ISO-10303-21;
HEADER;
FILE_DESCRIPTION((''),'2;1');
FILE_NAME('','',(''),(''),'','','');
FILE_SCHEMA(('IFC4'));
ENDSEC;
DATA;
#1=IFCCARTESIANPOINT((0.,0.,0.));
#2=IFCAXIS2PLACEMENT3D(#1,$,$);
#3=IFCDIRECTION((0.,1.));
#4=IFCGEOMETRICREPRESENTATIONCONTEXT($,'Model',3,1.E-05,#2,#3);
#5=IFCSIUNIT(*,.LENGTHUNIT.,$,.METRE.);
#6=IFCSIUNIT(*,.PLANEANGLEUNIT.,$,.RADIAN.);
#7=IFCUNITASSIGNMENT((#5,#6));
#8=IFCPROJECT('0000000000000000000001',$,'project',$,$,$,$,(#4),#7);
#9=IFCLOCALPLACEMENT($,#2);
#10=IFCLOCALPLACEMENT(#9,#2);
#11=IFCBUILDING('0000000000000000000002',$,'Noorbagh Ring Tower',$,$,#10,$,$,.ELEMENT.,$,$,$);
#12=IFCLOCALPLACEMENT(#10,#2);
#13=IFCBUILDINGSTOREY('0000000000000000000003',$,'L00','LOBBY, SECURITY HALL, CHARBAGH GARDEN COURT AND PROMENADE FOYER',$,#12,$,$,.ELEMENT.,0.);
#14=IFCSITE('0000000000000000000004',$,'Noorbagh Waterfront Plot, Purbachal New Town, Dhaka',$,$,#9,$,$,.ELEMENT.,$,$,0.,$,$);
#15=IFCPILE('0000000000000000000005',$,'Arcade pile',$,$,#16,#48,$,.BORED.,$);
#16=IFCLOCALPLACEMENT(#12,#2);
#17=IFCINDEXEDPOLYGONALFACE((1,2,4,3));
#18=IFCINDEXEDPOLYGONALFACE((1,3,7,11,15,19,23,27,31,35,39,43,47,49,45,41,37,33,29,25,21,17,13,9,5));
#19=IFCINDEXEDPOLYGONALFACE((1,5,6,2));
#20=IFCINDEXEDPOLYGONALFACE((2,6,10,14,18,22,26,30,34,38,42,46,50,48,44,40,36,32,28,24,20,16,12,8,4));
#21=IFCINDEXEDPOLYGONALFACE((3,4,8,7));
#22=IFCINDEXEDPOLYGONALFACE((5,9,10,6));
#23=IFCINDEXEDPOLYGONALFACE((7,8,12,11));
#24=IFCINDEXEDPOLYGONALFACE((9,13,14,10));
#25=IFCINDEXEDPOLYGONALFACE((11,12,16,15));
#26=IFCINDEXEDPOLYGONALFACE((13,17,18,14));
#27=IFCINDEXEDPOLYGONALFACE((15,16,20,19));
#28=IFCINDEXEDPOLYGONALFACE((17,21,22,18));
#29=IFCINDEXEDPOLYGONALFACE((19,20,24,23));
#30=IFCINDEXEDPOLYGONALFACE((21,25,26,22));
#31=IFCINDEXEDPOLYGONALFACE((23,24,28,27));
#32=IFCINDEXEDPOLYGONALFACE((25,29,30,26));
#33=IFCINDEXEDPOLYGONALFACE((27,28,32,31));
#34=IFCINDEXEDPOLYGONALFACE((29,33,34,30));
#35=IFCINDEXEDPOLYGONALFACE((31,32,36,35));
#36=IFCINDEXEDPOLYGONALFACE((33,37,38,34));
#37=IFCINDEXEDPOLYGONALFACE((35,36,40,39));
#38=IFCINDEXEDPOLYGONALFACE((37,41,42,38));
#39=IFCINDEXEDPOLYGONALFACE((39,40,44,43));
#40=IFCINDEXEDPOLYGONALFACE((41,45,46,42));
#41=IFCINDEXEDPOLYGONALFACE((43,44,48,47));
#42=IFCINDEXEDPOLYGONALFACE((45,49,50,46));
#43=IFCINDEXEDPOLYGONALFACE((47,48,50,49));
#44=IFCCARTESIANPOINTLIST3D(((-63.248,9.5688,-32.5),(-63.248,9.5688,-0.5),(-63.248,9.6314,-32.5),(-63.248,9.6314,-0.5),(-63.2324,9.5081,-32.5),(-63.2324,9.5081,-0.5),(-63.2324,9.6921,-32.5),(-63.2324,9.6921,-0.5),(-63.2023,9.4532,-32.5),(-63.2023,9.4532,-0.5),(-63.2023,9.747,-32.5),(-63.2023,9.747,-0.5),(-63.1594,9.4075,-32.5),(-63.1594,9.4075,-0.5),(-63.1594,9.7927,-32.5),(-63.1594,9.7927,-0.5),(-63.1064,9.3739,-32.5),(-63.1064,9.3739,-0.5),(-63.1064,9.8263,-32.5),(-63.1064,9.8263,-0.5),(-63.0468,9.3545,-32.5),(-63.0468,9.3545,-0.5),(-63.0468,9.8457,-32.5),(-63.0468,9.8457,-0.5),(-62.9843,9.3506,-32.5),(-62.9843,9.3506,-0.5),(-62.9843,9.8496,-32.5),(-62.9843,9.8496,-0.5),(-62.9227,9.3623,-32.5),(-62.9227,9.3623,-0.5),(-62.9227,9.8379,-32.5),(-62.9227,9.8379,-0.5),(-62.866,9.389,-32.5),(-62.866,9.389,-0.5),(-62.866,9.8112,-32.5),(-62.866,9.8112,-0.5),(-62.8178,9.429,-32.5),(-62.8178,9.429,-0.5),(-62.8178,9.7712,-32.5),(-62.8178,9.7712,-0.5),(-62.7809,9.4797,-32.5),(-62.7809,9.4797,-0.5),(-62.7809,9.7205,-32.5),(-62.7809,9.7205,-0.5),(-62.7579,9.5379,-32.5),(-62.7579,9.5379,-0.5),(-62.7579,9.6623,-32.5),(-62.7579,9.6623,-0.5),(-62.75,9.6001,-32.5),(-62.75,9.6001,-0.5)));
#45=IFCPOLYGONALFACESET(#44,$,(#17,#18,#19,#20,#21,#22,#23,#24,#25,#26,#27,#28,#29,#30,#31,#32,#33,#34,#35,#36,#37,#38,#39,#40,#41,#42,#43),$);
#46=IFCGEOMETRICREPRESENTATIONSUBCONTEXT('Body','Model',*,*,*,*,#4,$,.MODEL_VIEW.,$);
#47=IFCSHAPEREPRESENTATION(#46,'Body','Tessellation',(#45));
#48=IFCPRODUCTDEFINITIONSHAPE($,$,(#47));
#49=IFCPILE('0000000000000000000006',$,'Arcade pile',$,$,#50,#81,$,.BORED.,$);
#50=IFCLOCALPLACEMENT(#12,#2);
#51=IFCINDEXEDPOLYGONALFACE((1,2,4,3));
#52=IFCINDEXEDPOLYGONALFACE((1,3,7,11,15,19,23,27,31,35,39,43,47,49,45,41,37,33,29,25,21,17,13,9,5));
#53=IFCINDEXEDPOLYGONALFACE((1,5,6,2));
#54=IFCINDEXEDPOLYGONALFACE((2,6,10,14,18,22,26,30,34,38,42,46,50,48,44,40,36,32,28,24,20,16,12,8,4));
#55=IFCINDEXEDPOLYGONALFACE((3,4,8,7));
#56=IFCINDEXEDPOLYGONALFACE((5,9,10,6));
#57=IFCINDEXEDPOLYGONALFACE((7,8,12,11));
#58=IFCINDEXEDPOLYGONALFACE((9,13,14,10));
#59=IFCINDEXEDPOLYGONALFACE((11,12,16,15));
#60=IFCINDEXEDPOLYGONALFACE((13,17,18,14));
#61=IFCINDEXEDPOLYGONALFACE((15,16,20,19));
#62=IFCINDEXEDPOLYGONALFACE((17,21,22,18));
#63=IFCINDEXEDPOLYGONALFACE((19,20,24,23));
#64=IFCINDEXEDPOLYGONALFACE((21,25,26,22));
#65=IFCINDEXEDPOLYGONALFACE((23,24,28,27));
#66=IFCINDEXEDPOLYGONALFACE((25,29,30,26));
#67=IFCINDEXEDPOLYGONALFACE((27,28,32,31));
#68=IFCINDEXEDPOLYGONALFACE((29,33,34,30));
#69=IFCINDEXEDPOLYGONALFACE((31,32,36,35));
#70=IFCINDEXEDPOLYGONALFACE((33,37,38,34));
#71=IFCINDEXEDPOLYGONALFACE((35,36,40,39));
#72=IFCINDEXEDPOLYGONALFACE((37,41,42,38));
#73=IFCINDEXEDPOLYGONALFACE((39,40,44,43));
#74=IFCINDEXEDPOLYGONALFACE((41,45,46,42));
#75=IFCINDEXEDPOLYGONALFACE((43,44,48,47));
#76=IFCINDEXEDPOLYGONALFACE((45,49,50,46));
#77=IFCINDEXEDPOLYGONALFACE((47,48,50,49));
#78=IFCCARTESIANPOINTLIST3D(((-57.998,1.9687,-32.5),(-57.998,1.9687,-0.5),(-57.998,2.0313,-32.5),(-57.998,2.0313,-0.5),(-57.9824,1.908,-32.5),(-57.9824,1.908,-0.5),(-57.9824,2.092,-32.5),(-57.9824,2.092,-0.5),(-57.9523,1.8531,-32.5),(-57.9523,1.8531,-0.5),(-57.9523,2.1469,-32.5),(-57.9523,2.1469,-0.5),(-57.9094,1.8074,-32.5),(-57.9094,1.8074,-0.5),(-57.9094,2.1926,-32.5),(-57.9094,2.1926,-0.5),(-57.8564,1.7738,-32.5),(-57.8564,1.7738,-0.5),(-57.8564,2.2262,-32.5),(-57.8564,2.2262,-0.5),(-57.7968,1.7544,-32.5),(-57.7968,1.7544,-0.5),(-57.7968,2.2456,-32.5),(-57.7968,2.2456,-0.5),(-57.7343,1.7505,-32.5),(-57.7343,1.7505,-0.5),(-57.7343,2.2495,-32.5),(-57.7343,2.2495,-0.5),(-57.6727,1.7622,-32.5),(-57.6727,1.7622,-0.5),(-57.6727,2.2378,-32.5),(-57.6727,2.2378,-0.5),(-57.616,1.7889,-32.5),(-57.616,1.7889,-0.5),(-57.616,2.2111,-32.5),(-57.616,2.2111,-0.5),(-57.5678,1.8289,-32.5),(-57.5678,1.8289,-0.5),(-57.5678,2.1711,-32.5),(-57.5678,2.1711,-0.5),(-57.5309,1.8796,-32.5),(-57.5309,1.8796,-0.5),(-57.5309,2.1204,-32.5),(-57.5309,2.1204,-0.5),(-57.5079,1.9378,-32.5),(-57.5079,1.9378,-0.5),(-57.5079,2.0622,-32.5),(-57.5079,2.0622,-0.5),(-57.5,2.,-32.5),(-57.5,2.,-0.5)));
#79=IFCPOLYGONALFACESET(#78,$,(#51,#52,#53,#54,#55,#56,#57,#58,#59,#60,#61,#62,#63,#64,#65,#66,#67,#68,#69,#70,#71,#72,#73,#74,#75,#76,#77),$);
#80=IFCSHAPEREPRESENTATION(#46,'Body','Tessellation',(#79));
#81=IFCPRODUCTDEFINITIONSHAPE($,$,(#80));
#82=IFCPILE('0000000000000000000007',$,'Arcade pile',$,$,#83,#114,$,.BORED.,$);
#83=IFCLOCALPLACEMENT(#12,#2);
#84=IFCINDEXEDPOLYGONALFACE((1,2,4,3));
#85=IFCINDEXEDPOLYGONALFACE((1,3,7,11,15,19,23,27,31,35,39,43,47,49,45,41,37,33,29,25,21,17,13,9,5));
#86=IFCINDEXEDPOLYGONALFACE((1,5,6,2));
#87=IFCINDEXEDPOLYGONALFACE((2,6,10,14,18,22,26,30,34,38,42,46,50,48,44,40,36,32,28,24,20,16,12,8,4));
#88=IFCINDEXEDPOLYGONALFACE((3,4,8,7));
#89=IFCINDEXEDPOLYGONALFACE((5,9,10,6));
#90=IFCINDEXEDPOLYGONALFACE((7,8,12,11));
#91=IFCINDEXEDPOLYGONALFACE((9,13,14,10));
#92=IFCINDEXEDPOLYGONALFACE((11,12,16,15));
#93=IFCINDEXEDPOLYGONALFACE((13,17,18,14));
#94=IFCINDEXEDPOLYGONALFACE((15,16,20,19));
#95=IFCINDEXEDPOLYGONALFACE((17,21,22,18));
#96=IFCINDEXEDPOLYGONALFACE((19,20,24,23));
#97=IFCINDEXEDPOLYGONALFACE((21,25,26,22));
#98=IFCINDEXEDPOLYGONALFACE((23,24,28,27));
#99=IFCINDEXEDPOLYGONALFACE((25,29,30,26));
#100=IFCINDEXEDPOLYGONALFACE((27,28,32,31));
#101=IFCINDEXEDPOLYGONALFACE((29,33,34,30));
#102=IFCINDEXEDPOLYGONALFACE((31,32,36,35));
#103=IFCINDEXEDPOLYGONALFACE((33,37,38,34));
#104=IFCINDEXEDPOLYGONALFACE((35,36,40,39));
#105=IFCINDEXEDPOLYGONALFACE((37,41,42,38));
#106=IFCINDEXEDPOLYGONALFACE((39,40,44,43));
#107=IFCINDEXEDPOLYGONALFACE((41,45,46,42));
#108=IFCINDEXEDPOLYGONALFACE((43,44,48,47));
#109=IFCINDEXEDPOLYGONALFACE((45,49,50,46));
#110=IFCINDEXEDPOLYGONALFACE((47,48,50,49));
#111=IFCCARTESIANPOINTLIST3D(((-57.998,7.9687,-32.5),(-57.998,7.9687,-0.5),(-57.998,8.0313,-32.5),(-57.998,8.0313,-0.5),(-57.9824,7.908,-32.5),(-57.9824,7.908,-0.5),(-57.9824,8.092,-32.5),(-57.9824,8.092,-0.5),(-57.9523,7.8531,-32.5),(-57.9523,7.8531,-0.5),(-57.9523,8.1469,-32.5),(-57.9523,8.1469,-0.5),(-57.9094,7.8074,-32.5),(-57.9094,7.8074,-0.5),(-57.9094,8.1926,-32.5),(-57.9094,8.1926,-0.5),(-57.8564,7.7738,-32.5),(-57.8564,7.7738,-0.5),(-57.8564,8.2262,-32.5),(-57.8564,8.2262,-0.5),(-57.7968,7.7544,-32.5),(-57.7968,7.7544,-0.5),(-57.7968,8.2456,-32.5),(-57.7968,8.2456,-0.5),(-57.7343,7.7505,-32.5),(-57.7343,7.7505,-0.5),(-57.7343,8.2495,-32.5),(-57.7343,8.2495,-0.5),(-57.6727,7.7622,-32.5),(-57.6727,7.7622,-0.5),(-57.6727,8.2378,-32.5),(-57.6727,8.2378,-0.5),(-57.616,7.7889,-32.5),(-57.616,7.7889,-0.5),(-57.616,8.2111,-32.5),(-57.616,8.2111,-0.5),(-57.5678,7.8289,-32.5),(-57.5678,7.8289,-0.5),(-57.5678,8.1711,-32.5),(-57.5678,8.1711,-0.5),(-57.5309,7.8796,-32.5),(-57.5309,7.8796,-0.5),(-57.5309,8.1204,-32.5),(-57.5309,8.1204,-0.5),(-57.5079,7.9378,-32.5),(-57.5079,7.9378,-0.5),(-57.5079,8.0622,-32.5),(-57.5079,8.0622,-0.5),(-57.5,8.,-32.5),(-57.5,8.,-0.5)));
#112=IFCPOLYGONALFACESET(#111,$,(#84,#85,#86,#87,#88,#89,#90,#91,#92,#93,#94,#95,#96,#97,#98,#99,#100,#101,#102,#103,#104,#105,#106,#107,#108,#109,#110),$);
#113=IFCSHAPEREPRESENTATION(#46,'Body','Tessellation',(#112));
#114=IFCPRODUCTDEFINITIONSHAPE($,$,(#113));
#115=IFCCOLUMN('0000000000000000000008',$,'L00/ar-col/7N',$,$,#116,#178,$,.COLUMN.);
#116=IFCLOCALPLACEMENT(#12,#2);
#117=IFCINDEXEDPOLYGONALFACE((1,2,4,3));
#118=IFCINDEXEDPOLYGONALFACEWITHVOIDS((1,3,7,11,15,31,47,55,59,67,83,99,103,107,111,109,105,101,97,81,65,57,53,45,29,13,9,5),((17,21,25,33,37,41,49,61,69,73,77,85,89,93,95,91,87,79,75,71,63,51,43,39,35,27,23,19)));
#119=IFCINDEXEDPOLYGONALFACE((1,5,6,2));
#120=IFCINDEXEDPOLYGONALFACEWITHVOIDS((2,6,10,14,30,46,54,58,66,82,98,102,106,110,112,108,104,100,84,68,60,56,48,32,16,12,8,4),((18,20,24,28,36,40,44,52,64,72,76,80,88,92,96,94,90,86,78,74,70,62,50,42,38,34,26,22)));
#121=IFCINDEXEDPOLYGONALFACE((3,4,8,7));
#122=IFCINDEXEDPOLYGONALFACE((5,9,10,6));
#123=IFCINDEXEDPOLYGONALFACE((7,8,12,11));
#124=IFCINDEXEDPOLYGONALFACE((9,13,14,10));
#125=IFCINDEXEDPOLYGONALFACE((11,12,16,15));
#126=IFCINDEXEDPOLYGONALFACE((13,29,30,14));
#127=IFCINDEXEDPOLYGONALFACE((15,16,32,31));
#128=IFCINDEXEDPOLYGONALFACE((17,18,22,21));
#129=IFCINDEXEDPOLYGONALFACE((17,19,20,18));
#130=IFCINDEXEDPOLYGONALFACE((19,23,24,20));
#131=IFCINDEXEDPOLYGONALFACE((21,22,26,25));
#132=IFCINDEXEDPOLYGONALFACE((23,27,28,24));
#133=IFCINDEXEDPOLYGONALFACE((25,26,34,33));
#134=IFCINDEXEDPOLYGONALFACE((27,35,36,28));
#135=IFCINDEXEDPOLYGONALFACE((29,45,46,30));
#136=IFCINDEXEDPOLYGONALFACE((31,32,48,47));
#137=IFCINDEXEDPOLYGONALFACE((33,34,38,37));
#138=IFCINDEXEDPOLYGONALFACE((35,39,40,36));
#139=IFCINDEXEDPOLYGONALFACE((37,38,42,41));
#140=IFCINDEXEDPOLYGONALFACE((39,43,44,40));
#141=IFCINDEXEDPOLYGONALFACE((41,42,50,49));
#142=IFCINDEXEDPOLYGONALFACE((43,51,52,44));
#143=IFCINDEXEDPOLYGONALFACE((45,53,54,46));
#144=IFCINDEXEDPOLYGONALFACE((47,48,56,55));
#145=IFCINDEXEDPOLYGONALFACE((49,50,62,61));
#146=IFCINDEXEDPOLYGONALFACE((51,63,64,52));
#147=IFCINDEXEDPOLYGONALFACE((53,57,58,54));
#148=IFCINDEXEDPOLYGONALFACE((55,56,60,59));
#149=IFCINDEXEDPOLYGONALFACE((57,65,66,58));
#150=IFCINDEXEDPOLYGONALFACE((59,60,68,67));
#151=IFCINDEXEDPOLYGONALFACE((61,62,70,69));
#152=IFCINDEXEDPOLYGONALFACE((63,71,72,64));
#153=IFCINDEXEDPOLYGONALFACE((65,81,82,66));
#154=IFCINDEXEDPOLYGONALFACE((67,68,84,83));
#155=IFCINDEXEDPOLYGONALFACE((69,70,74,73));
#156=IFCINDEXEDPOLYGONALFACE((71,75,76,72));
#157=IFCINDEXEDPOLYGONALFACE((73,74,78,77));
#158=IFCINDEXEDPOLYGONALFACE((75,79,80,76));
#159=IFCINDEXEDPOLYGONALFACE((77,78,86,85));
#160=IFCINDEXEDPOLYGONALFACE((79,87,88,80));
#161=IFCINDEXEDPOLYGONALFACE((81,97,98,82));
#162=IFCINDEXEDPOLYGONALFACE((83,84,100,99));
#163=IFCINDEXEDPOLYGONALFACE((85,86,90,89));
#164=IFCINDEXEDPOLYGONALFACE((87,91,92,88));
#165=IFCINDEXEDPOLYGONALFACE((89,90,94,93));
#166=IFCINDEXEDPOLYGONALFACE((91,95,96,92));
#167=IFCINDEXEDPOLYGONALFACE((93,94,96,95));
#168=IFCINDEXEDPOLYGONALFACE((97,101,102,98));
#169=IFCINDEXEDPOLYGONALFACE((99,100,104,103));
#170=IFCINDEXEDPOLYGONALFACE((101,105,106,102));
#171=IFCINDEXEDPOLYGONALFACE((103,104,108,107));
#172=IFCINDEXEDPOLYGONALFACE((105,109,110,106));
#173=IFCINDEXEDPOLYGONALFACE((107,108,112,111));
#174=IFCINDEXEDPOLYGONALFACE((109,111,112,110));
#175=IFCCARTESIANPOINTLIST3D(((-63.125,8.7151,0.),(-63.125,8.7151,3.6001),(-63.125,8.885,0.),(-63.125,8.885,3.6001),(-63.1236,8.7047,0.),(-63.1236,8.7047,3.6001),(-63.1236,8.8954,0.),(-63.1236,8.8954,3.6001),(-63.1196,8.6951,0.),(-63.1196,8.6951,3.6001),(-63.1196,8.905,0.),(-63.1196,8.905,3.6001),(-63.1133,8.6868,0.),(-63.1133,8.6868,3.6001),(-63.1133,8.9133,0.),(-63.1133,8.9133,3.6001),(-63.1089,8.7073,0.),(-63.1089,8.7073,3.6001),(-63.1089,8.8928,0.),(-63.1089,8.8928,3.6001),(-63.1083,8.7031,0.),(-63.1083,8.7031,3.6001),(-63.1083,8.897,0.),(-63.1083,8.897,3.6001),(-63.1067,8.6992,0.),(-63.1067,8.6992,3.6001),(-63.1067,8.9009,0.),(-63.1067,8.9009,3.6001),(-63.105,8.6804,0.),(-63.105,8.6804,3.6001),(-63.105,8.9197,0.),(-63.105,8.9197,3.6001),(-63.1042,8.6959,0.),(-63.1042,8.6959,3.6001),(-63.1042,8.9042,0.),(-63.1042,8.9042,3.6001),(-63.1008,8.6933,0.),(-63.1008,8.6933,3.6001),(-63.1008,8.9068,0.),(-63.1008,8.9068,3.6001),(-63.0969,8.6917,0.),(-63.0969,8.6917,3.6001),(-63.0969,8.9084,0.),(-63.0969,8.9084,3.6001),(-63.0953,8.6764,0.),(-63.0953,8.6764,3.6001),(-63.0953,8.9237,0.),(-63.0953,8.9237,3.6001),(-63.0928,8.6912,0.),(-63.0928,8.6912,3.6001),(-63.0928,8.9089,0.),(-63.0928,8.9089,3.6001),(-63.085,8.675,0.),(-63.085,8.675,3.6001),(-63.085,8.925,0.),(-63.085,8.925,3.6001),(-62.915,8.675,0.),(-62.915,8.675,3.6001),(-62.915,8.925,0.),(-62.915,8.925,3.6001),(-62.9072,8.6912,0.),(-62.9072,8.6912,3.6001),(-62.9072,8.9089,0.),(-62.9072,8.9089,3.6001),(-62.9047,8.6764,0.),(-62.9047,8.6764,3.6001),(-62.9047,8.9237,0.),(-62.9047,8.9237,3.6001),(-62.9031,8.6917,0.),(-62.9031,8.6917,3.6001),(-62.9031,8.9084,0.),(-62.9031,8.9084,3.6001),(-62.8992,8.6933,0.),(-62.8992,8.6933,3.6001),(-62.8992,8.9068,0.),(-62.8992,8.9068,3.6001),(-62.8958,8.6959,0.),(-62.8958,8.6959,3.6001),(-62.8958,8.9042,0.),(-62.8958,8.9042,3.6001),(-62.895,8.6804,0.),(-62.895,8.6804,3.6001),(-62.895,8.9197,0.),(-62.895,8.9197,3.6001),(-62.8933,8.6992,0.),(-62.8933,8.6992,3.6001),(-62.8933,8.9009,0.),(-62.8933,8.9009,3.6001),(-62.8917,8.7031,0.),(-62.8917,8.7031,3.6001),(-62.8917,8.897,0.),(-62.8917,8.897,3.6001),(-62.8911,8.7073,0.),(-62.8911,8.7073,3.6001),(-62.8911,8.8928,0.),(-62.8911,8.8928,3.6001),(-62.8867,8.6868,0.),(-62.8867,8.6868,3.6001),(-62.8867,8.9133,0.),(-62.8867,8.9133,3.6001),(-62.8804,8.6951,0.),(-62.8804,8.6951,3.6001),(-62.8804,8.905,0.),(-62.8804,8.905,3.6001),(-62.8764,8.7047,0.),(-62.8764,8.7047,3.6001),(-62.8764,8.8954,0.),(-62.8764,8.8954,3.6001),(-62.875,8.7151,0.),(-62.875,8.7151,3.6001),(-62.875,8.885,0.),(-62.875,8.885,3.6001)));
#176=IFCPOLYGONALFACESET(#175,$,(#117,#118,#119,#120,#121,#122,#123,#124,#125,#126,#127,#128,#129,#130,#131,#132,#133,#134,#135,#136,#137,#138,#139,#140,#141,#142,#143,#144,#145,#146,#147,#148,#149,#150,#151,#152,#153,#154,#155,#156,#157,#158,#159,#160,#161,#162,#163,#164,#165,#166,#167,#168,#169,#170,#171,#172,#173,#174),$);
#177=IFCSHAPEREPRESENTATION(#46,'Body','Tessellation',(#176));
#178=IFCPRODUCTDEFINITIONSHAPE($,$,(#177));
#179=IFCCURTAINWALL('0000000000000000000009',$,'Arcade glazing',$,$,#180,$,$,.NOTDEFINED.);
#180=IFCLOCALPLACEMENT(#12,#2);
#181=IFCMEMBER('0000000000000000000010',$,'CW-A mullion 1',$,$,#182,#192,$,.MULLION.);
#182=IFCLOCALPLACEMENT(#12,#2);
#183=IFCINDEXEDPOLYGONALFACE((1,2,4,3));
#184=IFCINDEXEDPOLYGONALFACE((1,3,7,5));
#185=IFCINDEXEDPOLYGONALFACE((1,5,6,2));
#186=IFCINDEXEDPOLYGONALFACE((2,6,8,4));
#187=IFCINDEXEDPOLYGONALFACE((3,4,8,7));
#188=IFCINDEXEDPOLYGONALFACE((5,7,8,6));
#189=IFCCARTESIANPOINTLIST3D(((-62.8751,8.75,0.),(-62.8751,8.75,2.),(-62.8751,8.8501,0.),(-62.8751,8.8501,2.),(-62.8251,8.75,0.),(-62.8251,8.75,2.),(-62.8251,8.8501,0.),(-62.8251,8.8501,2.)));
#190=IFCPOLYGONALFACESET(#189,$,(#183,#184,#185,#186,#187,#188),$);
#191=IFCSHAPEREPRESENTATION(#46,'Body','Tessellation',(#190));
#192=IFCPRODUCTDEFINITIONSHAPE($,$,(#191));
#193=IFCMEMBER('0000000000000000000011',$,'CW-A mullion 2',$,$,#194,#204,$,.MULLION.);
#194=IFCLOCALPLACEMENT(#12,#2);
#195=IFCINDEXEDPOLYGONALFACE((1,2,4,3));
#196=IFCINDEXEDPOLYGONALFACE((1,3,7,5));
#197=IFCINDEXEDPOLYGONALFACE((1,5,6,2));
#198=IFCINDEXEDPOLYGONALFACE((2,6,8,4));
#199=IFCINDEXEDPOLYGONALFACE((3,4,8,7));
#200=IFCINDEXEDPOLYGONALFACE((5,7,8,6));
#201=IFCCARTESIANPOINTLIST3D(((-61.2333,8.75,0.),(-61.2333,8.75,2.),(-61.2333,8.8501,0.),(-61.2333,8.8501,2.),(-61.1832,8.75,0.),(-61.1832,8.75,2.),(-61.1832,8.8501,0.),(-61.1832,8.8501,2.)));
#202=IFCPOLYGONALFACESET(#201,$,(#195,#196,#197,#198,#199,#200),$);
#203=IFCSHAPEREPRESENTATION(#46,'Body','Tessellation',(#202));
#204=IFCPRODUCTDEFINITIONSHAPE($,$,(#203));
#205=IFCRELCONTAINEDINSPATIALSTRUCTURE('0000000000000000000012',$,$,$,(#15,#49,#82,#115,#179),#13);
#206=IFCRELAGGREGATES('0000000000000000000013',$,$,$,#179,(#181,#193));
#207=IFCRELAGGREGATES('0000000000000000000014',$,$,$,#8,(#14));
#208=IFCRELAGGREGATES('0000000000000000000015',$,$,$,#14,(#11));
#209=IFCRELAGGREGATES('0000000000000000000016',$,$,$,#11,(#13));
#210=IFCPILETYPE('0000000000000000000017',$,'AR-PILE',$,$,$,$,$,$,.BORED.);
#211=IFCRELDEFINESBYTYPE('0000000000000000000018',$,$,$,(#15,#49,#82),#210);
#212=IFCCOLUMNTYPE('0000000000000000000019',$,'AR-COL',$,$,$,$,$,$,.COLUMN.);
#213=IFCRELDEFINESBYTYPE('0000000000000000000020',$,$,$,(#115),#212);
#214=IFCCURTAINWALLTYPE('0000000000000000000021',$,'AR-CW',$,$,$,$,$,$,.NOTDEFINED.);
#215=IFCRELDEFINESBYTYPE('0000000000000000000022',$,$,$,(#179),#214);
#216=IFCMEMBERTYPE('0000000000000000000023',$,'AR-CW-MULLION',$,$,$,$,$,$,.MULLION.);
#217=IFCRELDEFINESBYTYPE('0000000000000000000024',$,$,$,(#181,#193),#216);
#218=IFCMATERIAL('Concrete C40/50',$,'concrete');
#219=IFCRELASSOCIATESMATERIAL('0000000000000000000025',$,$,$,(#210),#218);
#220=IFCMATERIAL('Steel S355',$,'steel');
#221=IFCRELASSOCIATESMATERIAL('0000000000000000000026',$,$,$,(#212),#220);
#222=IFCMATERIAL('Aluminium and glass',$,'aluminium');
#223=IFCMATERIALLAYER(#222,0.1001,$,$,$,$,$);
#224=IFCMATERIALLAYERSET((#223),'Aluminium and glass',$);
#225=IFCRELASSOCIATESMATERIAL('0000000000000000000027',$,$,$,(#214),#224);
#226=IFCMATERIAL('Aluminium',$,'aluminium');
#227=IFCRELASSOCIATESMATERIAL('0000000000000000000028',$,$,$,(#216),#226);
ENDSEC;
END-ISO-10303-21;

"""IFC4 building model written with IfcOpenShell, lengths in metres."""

from ifc_helpers import new_model, si_unit, direction, frame, origin, origin_2d, place, context, subcontext, project, spatial, rectangle, hollow_rectangle, circle, extrude, material, layer, layer_set, material_profile, profile_set, type_object, element, aggregate, save


model = new_model("IFC4")

# Units and contexts
model_context = context("Model", 3, precision=1e-05, world=origin(), true_north=direction((0.0, 1.0)))
body_context = subcontext(model_context, "Body", "Model", "MODEL_VIEW")
ifc_project = project(units=[si_unit("LENGTHUNIT", "METRE"), si_unit("PLANEANGLEUNIT", "RADIAN")], contexts=[model_context])

# Site, building, storey
site_placement = place(None, origin())
site = spatial("IfcSite", under=ifc_project, at=site_placement, Name="Noorbagh Waterfront Plot, Purbachal New Town, Dhaka", CompositionType="ELEMENT", RefElevation=0.0)
building_placement = place(site_placement, origin())
building = spatial("IfcBuilding", under=site, at=building_placement, Name="Noorbagh Ring Tower", CompositionType="ELEMENT")
storey_placement = place(building_placement, origin())
storey = spatial("IfcBuildingStorey", under=building, at=storey_placement, Name="L00", Description="LOBBY, SECURITY HALL, CHARBAGH GARDEN COURT AND PROMENADE FOYER", CompositionType="ELEMENT", Elevation=0.0)

# Piles
ifc_material_1 = material(Name="Concrete C40/50", Category="concrete")
ifc_material_profile_1 = material_profile(ifc_material_1, circle(Radius=0.25, at=origin_2d()), Name="PILE500")
ifc_profile_set_1 = profile_set([ifc_material_profile_1], Name="Concrete C40/50")
pile_type = type_object("IfcPileType", Name="AR-PILE", PredefinedType="BORED", material=ifc_profile_set_1)
for number, where, z_axis, x_axis, name in (
    (1, (-63.0, 9.6001, -0.5), (0.0, 0.0, -1.0), (1.0, 0.0, 0.0), "Arcade pile"),
    (2, (-57.75, 2.0, -0.5), (0.0, 0.0, -1.0), (1.0, 0.0, 0.0), "Arcade pile"),
    (3, (-57.75, 8.0, -0.5), (0.0, 0.0, -1.0), (1.0, 0.0, 0.0), "Arcade pile"),
):
    element("IfcPile", number, at=place(storey_placement, frame(where, z_axis=z_axis, x_axis=x_axis)), inside=storey, type_object=pile_type, Name=name, PredefinedType="BORED", context=body_context, shape_type="SweptSolid", body=[
        extrude(circle(Radius=0.25, at=origin_2d()), origin(), (0.0, 0.0, 1.0), 32.0),
    ])

# Column
ifc_material_2 = material(Name="Steel S355", Category="steel")
ifc_material_profile_2 = material_profile(ifc_material_2, hollow_rectangle(XDim=0.25, YDim=0.25, WallThickness=0.0161, InnerFilletRadius=0.0161, OuterFilletRadius=0.04, at=origin_2d()), Name="SHS250x250x16")
ifc_profile_set_2 = profile_set([ifc_material_profile_2], Name="Steel S355")
column_type = type_object("IfcColumnType", Name="AR-COL", PredefinedType="COLUMN", material=ifc_profile_set_2)
column_placement = place(storey_placement, frame((-63.0, 8.8, 0.0), z_axis=(0.0, 0.0, 1.0), x_axis=(1.0, 0.0, 0.0)))
element("IfcColumn", 4, at=column_placement, inside=storey, type_object=column_type, Name="L00/ar-col/7N", PredefinedType="COLUMN", context=body_context, shape_type="SweptSolid", body=[
    extrude(hollow_rectangle(XDim=0.25, YDim=0.25, WallThickness=0.0161, InnerFilletRadius=0.0161, OuterFilletRadius=0.04, at=origin_2d()), origin(), (0.0, 0.0, 1.0), 3.6001),
])

# Curtain wall, members
ifc_material_3 = material(Name="Aluminium and glass", Category="aluminium")
ifc_layer_1 = layer(ifc_material_3, 0.1001)
ifc_layer_set_1 = layer_set([ifc_layer_1], Name="Aluminium and glass")
curtain_wall_type = type_object("IfcCurtainWallType", Name="AR-CW", PredefinedType="NOTDEFINED", material=ifc_layer_set_1)
curtain_wall_placement = place(storey_placement, origin())
curtain_wall = element("IfcCurtainWall", 5, at=curtain_wall_placement, inside=storey, type_object=curtain_wall_type, Name="Arcade glazing", PredefinedType="NOTDEFINED")
ifc_material_4 = material(Name="Aluminium", Category="aluminium")
ifc_material_profile_3 = material_profile(ifc_material_4, rectangle(XDim=0.1001, YDim=0.05, at=origin_2d()), Name="AL 100x50")
ifc_profile_set_3 = profile_set([ifc_material_profile_3], Name="Aluminium")
member_type_1 = type_object("IfcMemberType", Name="AR-CW-MULLION", PredefinedType="MULLION", material=ifc_profile_set_3)
member_1_placement = place(storey_placement, frame((-62.8501, 8.8, 0.0), z_axis=(0.0, 0.0, 1.0), x_axis=(0.0, 1.0, 0.0)))
member_1 = element("IfcMember", 6, at=member_1_placement, type_object=member_type_1, Name="CW-A mullion 1", PredefinedType="MULLION", context=body_context, shape_type="SweptSolid", body=[
    extrude(rectangle(XDim=0.1001, YDim=0.05, at=origin_2d()), origin(), (0.0, 0.0, 1.0), 2.0),
])
member_2_placement = place(storey_placement, frame((-61.2083, 8.8, 0.0), z_axis=(0.0, 0.0, 1.0), x_axis=(0.0, 1.0, 0.0)))
member_2 = element("IfcMember", 7, at=member_2_placement, type_object=member_type_1, Name="CW-A mullion 2", PredefinedType="MULLION", context=body_context, shape_type="SweptSolid", body=[
    extrude(rectangle(XDim=0.1001, YDim=0.05, at=origin_2d()), origin(), (0.0, 0.0, 1.0), 2.0),
])

aggregate(curtain_wall, [member_1, member_2])

save(model, "model.ifc")
